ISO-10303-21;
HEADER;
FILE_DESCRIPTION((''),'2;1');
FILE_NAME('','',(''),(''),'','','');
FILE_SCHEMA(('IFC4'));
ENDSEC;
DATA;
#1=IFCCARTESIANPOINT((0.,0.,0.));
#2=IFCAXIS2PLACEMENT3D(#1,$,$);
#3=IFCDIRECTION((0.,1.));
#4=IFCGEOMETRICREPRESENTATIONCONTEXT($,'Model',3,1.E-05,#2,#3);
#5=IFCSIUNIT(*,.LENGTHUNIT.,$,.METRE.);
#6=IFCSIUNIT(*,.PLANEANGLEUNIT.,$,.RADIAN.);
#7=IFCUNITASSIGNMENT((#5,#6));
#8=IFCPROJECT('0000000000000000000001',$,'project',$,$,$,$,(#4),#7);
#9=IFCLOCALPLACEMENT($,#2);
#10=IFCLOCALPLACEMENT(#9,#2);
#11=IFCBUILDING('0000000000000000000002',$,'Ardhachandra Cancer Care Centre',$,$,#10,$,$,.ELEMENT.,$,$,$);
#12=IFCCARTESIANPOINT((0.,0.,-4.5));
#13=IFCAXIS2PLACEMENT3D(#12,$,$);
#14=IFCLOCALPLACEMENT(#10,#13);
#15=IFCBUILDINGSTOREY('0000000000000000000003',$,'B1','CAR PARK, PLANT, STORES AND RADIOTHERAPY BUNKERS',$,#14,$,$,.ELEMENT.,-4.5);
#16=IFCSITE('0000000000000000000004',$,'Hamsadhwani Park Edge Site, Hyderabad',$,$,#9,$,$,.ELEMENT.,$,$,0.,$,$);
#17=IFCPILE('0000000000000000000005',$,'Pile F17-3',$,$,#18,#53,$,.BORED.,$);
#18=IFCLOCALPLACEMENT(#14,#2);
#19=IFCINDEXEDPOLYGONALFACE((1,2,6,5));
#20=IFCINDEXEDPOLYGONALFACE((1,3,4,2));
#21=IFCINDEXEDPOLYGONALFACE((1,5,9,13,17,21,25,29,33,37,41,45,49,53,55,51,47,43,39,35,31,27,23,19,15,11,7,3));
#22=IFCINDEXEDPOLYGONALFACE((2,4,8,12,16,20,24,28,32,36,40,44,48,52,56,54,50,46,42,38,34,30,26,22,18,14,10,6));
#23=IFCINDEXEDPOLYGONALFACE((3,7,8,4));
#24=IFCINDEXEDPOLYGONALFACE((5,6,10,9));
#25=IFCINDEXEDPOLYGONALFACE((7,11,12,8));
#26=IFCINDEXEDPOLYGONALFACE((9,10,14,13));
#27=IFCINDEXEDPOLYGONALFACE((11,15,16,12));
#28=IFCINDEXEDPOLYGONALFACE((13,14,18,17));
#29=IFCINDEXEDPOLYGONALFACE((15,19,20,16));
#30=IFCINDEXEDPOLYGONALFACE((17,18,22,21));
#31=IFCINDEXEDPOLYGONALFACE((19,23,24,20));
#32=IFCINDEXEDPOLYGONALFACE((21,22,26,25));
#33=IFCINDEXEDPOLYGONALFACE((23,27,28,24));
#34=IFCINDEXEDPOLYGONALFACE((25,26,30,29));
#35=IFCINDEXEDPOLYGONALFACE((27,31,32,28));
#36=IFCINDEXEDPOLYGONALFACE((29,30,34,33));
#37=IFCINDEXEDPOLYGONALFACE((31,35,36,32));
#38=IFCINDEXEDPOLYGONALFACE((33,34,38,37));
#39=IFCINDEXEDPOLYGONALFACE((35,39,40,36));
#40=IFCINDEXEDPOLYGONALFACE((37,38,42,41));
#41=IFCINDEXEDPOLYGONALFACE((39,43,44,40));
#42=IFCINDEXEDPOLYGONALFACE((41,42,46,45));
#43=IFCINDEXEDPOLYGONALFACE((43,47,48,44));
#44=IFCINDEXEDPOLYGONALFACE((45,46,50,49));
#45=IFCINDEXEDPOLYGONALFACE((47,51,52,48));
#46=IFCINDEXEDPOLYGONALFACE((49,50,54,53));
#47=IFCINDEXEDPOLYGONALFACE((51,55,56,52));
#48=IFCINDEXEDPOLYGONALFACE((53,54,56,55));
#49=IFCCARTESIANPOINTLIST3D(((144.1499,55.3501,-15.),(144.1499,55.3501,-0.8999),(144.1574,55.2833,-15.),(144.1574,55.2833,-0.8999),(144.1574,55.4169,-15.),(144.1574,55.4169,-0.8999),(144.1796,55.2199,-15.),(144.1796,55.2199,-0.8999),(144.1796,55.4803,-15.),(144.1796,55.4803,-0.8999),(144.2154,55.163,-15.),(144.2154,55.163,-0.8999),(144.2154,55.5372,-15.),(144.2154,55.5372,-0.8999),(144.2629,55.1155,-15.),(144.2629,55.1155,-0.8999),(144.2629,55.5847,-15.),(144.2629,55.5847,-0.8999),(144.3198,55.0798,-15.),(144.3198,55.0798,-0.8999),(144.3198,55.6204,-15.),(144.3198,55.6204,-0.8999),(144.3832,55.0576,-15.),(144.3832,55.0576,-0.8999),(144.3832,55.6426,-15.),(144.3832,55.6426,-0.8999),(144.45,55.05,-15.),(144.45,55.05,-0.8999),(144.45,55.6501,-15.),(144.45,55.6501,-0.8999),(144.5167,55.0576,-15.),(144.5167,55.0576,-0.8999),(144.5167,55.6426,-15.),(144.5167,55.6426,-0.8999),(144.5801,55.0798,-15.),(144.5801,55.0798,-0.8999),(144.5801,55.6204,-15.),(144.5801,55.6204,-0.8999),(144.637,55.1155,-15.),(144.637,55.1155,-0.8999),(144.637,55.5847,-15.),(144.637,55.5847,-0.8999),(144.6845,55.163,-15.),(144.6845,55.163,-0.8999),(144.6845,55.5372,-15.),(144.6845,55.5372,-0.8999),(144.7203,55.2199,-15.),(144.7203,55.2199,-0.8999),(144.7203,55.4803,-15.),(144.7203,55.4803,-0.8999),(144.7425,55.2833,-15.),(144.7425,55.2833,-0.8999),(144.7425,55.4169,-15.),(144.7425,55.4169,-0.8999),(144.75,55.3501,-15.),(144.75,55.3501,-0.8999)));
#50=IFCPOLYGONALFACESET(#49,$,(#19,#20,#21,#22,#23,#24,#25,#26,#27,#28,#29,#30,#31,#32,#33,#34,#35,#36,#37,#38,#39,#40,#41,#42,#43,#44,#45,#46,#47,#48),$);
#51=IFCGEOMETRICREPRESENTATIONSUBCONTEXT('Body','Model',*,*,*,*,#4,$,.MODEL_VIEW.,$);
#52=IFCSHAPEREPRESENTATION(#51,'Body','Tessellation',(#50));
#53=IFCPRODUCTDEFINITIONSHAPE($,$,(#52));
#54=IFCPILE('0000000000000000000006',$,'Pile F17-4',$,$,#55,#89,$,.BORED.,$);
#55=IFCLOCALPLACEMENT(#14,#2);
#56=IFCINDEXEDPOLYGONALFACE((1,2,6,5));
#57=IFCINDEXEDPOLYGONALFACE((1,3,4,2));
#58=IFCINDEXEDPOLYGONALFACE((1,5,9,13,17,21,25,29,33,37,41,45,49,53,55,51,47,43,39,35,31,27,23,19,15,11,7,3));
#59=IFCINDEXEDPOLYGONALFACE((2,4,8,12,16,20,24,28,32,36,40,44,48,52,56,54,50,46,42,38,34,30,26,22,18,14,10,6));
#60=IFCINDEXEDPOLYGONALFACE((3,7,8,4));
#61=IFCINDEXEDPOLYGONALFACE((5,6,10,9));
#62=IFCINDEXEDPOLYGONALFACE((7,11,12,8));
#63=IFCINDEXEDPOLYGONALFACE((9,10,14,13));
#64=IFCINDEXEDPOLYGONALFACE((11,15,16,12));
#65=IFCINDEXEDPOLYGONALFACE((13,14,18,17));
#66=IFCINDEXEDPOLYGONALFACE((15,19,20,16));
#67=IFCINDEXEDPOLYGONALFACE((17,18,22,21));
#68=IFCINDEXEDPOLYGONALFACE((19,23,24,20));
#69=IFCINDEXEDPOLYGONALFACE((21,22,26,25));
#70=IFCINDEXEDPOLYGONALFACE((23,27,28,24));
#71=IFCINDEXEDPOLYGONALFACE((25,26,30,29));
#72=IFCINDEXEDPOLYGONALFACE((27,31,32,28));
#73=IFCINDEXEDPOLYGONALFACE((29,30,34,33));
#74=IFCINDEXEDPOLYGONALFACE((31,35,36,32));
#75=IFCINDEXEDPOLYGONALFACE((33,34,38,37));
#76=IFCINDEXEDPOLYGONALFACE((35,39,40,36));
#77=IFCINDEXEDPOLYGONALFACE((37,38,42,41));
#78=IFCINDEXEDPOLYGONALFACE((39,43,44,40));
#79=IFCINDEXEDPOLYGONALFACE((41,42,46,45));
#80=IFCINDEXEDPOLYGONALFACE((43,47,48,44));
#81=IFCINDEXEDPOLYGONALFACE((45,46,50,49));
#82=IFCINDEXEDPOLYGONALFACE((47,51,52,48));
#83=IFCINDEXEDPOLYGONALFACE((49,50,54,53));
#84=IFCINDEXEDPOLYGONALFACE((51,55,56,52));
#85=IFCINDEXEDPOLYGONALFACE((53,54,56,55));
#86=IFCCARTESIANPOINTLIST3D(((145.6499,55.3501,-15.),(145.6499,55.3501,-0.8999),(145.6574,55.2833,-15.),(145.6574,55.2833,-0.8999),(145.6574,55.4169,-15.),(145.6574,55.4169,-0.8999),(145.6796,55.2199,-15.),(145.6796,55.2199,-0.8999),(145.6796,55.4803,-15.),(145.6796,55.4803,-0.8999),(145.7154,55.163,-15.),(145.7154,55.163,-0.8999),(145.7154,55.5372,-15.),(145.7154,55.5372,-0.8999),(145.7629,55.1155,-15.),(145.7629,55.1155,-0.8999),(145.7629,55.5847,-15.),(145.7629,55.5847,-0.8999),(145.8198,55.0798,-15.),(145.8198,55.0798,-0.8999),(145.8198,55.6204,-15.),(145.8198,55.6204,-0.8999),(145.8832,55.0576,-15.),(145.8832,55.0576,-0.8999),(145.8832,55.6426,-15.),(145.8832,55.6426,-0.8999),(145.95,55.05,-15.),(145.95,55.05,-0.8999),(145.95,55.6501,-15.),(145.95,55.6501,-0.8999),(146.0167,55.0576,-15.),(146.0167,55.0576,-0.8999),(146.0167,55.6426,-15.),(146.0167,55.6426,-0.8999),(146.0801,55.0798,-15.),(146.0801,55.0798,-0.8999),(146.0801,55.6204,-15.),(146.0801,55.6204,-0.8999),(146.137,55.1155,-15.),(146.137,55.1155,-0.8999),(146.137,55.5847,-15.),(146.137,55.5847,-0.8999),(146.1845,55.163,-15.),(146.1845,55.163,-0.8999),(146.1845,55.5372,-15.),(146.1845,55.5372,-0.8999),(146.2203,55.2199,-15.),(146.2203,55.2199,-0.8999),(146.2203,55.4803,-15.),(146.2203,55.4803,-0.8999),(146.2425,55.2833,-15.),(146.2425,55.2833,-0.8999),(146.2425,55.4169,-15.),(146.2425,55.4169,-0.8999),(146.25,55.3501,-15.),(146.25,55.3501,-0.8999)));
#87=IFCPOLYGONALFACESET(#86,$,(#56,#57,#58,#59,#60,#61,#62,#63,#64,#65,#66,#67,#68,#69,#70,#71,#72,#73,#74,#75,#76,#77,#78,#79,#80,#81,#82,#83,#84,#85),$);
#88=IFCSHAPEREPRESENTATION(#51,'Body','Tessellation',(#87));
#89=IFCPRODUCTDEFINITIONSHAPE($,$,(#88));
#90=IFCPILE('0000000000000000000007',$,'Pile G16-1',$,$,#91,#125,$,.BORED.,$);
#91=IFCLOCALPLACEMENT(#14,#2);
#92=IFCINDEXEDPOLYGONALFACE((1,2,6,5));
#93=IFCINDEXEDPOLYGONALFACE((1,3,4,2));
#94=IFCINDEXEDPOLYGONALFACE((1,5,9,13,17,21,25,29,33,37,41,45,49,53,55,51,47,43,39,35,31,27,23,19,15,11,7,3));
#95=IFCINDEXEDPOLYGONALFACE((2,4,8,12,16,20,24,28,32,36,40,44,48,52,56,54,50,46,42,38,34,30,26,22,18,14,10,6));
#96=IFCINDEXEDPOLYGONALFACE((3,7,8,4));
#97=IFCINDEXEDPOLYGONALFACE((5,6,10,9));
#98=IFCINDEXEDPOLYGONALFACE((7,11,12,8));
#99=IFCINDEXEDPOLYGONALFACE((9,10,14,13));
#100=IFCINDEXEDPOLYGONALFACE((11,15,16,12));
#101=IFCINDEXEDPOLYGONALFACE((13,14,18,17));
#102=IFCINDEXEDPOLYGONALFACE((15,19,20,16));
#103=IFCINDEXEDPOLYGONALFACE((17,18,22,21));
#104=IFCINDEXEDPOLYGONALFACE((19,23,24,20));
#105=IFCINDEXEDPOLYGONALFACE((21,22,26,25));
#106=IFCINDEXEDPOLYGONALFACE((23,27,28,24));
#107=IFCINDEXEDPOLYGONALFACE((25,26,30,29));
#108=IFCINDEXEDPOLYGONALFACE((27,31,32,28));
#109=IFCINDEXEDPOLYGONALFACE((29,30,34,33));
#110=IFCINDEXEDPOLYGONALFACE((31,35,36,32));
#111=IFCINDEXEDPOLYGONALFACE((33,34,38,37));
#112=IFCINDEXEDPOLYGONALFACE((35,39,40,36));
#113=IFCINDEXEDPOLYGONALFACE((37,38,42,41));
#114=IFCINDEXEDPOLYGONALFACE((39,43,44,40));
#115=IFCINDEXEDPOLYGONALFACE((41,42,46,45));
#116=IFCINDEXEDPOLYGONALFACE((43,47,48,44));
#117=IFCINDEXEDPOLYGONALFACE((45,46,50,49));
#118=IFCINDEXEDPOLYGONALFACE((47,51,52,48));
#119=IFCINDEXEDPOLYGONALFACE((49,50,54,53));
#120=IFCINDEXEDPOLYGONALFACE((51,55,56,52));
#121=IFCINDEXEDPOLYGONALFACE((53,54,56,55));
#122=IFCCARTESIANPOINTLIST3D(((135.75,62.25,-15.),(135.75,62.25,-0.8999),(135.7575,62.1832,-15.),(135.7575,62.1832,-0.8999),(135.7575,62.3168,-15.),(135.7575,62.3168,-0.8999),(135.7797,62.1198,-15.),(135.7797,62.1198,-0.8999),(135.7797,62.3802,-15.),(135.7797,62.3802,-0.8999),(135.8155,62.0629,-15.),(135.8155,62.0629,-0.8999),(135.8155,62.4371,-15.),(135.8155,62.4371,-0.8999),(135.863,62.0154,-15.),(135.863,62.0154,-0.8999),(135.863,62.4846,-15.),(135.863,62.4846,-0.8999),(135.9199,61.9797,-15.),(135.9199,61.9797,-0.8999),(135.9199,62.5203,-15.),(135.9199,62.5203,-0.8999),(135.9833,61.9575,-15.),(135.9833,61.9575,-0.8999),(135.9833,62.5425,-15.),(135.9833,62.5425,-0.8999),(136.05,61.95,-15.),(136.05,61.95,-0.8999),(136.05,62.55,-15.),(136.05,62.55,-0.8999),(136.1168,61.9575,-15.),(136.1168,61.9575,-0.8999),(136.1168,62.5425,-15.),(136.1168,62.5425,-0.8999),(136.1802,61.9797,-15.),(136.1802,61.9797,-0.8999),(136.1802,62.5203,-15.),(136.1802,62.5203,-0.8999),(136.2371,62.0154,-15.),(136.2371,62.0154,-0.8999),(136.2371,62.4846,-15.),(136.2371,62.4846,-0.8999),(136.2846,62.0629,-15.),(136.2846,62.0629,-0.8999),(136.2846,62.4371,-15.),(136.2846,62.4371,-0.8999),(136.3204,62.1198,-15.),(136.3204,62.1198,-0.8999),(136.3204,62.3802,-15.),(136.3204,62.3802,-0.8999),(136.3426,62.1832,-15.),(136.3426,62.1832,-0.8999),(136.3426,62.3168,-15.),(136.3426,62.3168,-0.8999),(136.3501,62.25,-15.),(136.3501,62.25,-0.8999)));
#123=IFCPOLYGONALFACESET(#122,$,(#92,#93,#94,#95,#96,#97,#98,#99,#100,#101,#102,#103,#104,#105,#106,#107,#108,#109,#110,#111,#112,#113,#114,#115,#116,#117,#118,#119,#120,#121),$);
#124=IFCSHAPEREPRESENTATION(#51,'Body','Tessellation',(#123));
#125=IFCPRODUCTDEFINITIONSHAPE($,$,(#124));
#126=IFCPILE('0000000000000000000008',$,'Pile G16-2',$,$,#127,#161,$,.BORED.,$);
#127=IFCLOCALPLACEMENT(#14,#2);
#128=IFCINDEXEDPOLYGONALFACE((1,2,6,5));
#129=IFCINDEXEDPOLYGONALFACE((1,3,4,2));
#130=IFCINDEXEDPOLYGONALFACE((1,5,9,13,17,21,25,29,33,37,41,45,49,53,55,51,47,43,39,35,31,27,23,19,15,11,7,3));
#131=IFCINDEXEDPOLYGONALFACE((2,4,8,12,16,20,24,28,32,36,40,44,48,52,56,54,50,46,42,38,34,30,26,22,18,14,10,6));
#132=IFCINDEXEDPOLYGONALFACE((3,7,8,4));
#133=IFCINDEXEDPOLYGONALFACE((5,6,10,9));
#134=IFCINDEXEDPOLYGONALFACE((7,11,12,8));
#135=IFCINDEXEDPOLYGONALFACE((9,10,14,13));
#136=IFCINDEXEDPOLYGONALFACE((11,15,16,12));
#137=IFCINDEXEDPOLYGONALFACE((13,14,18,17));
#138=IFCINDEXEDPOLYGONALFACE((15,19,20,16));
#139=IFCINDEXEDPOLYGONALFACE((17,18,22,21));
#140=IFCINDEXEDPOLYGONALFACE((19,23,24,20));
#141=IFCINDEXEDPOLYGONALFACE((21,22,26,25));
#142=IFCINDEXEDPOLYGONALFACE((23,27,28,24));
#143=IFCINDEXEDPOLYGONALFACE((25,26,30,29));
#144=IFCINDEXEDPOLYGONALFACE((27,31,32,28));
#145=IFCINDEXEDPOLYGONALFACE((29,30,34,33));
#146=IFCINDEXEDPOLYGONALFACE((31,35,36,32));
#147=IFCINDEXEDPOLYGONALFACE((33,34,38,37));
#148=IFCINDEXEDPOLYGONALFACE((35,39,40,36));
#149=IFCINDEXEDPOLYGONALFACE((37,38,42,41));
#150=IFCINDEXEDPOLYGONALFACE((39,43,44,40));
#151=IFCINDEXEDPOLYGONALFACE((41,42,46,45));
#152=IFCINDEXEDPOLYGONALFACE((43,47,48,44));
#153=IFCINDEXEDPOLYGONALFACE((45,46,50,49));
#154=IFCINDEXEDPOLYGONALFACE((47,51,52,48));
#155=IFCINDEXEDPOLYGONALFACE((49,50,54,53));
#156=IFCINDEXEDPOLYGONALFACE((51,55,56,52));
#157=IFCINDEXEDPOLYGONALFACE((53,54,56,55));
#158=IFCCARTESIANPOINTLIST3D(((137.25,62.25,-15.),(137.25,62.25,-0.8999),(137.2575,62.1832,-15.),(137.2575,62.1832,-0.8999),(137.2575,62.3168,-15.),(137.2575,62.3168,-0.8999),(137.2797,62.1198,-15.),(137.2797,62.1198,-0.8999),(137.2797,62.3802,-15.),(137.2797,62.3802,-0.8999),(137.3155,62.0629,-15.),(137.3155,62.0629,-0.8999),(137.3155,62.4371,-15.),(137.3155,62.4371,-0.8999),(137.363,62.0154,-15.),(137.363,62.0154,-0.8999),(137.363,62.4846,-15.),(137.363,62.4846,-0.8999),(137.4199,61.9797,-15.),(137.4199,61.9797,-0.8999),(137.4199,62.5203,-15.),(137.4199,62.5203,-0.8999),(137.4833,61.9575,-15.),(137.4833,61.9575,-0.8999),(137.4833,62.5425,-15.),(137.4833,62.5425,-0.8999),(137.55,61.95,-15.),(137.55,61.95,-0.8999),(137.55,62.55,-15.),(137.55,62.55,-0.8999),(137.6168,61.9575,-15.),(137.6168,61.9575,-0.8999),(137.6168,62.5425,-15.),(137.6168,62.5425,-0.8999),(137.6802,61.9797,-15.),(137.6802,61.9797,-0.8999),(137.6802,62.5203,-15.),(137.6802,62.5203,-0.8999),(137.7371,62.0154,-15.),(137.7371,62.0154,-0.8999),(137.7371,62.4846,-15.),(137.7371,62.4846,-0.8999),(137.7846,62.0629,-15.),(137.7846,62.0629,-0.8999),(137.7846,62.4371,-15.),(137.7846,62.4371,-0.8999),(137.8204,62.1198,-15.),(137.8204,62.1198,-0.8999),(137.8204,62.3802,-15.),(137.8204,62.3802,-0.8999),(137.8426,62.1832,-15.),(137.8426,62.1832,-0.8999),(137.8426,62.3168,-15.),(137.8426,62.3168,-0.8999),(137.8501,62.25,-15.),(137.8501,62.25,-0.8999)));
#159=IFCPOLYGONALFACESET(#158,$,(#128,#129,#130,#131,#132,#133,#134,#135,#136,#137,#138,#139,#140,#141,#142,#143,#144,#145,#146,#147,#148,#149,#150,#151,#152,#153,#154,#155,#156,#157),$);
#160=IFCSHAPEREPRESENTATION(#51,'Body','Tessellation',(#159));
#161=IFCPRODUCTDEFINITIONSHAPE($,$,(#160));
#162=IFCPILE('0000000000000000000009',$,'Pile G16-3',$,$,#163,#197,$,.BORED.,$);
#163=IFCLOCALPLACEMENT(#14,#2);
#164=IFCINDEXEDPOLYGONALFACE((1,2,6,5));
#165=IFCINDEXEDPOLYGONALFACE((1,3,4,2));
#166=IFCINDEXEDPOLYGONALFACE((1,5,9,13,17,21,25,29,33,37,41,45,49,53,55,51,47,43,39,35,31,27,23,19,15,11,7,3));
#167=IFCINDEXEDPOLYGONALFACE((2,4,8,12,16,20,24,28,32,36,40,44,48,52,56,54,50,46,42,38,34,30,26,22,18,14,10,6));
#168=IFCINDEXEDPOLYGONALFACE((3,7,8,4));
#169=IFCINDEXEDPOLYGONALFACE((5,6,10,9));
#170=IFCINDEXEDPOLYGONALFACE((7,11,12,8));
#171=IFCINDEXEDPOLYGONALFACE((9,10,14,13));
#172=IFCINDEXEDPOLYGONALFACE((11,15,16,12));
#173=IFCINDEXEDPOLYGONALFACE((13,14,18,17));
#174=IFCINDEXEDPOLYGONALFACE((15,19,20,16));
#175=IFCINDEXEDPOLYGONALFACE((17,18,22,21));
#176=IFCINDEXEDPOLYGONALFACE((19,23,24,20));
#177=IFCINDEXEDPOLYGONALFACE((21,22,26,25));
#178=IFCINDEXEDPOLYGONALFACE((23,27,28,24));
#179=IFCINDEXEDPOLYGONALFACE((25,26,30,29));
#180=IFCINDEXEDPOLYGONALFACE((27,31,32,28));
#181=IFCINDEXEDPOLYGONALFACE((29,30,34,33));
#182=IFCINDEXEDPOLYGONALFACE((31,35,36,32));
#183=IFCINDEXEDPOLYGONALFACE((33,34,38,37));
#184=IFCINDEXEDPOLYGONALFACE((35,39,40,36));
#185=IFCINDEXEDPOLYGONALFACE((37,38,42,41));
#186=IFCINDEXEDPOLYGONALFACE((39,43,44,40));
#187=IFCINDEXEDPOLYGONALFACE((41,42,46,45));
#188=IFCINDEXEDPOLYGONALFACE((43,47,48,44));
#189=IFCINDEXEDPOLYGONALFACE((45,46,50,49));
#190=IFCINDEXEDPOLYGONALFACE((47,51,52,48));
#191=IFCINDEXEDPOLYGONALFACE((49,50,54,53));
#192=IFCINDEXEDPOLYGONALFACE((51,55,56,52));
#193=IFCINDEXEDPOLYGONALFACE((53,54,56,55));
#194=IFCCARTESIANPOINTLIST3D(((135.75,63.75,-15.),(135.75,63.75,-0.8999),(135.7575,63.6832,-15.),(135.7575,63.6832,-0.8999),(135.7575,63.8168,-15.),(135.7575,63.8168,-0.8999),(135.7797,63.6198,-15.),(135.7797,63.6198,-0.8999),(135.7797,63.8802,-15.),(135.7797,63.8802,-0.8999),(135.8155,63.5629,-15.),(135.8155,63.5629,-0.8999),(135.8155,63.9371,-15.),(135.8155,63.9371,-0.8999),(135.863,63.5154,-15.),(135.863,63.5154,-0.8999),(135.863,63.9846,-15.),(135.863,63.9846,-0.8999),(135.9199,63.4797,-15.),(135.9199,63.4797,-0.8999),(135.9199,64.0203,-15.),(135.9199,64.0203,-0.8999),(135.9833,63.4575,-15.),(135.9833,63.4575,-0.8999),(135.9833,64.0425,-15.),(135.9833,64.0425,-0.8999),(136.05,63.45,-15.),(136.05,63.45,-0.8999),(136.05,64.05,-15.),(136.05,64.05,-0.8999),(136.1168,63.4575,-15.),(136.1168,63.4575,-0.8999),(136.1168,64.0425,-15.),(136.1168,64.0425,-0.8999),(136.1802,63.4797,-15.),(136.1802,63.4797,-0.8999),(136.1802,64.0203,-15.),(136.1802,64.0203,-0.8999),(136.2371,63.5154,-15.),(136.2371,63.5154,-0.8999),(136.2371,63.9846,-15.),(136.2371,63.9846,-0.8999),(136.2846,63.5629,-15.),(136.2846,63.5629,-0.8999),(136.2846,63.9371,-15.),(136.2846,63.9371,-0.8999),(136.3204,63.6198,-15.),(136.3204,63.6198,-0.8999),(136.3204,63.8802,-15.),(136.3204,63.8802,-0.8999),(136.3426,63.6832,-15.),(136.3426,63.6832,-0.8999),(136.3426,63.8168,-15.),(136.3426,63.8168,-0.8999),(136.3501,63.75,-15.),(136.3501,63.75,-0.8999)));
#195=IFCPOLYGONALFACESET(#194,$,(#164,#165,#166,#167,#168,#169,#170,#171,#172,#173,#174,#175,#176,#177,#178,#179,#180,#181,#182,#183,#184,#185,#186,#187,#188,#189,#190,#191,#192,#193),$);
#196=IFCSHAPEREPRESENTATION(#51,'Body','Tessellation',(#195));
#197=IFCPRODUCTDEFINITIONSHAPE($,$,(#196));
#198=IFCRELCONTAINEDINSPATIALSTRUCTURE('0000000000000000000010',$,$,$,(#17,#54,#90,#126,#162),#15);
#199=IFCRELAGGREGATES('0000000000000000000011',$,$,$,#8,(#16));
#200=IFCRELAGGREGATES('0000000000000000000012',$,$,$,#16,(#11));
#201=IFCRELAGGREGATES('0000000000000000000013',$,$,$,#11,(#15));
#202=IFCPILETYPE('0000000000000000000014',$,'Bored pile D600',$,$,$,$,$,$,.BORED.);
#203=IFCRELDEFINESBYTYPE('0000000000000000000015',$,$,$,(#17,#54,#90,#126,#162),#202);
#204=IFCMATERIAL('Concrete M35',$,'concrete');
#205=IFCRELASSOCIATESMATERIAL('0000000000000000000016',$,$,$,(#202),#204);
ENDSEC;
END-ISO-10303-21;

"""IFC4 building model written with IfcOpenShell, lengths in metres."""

from ifc_helpers import new_model, si_unit, direction, frame, origin, origin_2d, place, context, subcontext, project, spatial, circle, extrude, material, material_profile, profile_set, type_object, element, save


model = new_model("IFC4")

# Units and contexts
model_context = context("Model", 3, precision=1e-05, world=origin(), true_north=direction((0.0, 1.0)))
body_context = subcontext(model_context, "Body", "Model", "MODEL_VIEW")
ifc_project = project(units=[si_unit("LENGTHUNIT", "METRE"), si_unit("PLANEANGLEUNIT", "RADIAN")], contexts=[model_context])

# Site, building, storey
site_placement = place(None, origin())
site = spatial("IfcSite", under=ifc_project, at=site_placement, Name="Hamsadhwani Park Edge Site, Hyderabad", CompositionType="ELEMENT", RefElevation=0.0)
building_placement = place(site_placement, origin())
building = spatial("IfcBuilding", under=site, at=building_placement, Name="Ardhachandra Cancer Care Centre", CompositionType="ELEMENT")
storey_placement = place(building_placement, frame((0.0, 0.0, -4.5)))
storey = spatial("IfcBuildingStorey", under=building, at=storey_placement, Name="B1", Description="CAR PARK, PLANT, STORES AND RADIOTHERAPY BUNKERS", CompositionType="ELEMENT", Elevation=-4.5)

# Piles
ifc_material_1 = material(Name="Concrete M35", Category="concrete")
ifc_material_profile_1 = material_profile(ifc_material_1, circle(Radius=0.3, at=origin_2d()), Name="D600")
ifc_profile_set_1 = profile_set([ifc_material_profile_1], Name="Concrete M35")
pile_type = type_object("IfcPileType", Name="Bored pile D600", PredefinedType="BORED", material=ifc_profile_set_1)
for number, where, z_axis, x_axis, name in (
    (1, (144.45, 55.3501, -0.8999), (0.0, 0.0, -1.0), (1.0, 0.0, 0.0), "Pile F17-3"),
    (2, (145.95, 55.3501, -0.8999), (0.0, 0.0, -1.0), (1.0, 0.0, 0.0), "Pile F17-4"),
    (3, (136.05, 62.25, -0.8999), (0.0, 0.0, -1.0), (1.0, 0.0, 0.0), "Pile G16-1"),
    (4, (137.55, 62.25, -0.8999), (0.0, 0.0, -1.0), (1.0, 0.0, 0.0), "Pile G16-2"),
    (5, (136.05, 63.75, -0.8999), (0.0, 0.0, -1.0), (1.0, 0.0, 0.0), "Pile G16-3"),
):
    element("IfcPile", number, at=place(storey_placement, frame(where, z_axis=z_axis, x_axis=x_axis)), inside=storey, type_object=pile_type, Name=name, PredefinedType="BORED", context=body_context, shape_type="SweptSolid", body=[
        extrude(circle(Radius=0.3, at=origin_2d()), origin(), (0.0, 0.0, 1.0), 14.1001),
    ])

save(model, "model.ifc")
